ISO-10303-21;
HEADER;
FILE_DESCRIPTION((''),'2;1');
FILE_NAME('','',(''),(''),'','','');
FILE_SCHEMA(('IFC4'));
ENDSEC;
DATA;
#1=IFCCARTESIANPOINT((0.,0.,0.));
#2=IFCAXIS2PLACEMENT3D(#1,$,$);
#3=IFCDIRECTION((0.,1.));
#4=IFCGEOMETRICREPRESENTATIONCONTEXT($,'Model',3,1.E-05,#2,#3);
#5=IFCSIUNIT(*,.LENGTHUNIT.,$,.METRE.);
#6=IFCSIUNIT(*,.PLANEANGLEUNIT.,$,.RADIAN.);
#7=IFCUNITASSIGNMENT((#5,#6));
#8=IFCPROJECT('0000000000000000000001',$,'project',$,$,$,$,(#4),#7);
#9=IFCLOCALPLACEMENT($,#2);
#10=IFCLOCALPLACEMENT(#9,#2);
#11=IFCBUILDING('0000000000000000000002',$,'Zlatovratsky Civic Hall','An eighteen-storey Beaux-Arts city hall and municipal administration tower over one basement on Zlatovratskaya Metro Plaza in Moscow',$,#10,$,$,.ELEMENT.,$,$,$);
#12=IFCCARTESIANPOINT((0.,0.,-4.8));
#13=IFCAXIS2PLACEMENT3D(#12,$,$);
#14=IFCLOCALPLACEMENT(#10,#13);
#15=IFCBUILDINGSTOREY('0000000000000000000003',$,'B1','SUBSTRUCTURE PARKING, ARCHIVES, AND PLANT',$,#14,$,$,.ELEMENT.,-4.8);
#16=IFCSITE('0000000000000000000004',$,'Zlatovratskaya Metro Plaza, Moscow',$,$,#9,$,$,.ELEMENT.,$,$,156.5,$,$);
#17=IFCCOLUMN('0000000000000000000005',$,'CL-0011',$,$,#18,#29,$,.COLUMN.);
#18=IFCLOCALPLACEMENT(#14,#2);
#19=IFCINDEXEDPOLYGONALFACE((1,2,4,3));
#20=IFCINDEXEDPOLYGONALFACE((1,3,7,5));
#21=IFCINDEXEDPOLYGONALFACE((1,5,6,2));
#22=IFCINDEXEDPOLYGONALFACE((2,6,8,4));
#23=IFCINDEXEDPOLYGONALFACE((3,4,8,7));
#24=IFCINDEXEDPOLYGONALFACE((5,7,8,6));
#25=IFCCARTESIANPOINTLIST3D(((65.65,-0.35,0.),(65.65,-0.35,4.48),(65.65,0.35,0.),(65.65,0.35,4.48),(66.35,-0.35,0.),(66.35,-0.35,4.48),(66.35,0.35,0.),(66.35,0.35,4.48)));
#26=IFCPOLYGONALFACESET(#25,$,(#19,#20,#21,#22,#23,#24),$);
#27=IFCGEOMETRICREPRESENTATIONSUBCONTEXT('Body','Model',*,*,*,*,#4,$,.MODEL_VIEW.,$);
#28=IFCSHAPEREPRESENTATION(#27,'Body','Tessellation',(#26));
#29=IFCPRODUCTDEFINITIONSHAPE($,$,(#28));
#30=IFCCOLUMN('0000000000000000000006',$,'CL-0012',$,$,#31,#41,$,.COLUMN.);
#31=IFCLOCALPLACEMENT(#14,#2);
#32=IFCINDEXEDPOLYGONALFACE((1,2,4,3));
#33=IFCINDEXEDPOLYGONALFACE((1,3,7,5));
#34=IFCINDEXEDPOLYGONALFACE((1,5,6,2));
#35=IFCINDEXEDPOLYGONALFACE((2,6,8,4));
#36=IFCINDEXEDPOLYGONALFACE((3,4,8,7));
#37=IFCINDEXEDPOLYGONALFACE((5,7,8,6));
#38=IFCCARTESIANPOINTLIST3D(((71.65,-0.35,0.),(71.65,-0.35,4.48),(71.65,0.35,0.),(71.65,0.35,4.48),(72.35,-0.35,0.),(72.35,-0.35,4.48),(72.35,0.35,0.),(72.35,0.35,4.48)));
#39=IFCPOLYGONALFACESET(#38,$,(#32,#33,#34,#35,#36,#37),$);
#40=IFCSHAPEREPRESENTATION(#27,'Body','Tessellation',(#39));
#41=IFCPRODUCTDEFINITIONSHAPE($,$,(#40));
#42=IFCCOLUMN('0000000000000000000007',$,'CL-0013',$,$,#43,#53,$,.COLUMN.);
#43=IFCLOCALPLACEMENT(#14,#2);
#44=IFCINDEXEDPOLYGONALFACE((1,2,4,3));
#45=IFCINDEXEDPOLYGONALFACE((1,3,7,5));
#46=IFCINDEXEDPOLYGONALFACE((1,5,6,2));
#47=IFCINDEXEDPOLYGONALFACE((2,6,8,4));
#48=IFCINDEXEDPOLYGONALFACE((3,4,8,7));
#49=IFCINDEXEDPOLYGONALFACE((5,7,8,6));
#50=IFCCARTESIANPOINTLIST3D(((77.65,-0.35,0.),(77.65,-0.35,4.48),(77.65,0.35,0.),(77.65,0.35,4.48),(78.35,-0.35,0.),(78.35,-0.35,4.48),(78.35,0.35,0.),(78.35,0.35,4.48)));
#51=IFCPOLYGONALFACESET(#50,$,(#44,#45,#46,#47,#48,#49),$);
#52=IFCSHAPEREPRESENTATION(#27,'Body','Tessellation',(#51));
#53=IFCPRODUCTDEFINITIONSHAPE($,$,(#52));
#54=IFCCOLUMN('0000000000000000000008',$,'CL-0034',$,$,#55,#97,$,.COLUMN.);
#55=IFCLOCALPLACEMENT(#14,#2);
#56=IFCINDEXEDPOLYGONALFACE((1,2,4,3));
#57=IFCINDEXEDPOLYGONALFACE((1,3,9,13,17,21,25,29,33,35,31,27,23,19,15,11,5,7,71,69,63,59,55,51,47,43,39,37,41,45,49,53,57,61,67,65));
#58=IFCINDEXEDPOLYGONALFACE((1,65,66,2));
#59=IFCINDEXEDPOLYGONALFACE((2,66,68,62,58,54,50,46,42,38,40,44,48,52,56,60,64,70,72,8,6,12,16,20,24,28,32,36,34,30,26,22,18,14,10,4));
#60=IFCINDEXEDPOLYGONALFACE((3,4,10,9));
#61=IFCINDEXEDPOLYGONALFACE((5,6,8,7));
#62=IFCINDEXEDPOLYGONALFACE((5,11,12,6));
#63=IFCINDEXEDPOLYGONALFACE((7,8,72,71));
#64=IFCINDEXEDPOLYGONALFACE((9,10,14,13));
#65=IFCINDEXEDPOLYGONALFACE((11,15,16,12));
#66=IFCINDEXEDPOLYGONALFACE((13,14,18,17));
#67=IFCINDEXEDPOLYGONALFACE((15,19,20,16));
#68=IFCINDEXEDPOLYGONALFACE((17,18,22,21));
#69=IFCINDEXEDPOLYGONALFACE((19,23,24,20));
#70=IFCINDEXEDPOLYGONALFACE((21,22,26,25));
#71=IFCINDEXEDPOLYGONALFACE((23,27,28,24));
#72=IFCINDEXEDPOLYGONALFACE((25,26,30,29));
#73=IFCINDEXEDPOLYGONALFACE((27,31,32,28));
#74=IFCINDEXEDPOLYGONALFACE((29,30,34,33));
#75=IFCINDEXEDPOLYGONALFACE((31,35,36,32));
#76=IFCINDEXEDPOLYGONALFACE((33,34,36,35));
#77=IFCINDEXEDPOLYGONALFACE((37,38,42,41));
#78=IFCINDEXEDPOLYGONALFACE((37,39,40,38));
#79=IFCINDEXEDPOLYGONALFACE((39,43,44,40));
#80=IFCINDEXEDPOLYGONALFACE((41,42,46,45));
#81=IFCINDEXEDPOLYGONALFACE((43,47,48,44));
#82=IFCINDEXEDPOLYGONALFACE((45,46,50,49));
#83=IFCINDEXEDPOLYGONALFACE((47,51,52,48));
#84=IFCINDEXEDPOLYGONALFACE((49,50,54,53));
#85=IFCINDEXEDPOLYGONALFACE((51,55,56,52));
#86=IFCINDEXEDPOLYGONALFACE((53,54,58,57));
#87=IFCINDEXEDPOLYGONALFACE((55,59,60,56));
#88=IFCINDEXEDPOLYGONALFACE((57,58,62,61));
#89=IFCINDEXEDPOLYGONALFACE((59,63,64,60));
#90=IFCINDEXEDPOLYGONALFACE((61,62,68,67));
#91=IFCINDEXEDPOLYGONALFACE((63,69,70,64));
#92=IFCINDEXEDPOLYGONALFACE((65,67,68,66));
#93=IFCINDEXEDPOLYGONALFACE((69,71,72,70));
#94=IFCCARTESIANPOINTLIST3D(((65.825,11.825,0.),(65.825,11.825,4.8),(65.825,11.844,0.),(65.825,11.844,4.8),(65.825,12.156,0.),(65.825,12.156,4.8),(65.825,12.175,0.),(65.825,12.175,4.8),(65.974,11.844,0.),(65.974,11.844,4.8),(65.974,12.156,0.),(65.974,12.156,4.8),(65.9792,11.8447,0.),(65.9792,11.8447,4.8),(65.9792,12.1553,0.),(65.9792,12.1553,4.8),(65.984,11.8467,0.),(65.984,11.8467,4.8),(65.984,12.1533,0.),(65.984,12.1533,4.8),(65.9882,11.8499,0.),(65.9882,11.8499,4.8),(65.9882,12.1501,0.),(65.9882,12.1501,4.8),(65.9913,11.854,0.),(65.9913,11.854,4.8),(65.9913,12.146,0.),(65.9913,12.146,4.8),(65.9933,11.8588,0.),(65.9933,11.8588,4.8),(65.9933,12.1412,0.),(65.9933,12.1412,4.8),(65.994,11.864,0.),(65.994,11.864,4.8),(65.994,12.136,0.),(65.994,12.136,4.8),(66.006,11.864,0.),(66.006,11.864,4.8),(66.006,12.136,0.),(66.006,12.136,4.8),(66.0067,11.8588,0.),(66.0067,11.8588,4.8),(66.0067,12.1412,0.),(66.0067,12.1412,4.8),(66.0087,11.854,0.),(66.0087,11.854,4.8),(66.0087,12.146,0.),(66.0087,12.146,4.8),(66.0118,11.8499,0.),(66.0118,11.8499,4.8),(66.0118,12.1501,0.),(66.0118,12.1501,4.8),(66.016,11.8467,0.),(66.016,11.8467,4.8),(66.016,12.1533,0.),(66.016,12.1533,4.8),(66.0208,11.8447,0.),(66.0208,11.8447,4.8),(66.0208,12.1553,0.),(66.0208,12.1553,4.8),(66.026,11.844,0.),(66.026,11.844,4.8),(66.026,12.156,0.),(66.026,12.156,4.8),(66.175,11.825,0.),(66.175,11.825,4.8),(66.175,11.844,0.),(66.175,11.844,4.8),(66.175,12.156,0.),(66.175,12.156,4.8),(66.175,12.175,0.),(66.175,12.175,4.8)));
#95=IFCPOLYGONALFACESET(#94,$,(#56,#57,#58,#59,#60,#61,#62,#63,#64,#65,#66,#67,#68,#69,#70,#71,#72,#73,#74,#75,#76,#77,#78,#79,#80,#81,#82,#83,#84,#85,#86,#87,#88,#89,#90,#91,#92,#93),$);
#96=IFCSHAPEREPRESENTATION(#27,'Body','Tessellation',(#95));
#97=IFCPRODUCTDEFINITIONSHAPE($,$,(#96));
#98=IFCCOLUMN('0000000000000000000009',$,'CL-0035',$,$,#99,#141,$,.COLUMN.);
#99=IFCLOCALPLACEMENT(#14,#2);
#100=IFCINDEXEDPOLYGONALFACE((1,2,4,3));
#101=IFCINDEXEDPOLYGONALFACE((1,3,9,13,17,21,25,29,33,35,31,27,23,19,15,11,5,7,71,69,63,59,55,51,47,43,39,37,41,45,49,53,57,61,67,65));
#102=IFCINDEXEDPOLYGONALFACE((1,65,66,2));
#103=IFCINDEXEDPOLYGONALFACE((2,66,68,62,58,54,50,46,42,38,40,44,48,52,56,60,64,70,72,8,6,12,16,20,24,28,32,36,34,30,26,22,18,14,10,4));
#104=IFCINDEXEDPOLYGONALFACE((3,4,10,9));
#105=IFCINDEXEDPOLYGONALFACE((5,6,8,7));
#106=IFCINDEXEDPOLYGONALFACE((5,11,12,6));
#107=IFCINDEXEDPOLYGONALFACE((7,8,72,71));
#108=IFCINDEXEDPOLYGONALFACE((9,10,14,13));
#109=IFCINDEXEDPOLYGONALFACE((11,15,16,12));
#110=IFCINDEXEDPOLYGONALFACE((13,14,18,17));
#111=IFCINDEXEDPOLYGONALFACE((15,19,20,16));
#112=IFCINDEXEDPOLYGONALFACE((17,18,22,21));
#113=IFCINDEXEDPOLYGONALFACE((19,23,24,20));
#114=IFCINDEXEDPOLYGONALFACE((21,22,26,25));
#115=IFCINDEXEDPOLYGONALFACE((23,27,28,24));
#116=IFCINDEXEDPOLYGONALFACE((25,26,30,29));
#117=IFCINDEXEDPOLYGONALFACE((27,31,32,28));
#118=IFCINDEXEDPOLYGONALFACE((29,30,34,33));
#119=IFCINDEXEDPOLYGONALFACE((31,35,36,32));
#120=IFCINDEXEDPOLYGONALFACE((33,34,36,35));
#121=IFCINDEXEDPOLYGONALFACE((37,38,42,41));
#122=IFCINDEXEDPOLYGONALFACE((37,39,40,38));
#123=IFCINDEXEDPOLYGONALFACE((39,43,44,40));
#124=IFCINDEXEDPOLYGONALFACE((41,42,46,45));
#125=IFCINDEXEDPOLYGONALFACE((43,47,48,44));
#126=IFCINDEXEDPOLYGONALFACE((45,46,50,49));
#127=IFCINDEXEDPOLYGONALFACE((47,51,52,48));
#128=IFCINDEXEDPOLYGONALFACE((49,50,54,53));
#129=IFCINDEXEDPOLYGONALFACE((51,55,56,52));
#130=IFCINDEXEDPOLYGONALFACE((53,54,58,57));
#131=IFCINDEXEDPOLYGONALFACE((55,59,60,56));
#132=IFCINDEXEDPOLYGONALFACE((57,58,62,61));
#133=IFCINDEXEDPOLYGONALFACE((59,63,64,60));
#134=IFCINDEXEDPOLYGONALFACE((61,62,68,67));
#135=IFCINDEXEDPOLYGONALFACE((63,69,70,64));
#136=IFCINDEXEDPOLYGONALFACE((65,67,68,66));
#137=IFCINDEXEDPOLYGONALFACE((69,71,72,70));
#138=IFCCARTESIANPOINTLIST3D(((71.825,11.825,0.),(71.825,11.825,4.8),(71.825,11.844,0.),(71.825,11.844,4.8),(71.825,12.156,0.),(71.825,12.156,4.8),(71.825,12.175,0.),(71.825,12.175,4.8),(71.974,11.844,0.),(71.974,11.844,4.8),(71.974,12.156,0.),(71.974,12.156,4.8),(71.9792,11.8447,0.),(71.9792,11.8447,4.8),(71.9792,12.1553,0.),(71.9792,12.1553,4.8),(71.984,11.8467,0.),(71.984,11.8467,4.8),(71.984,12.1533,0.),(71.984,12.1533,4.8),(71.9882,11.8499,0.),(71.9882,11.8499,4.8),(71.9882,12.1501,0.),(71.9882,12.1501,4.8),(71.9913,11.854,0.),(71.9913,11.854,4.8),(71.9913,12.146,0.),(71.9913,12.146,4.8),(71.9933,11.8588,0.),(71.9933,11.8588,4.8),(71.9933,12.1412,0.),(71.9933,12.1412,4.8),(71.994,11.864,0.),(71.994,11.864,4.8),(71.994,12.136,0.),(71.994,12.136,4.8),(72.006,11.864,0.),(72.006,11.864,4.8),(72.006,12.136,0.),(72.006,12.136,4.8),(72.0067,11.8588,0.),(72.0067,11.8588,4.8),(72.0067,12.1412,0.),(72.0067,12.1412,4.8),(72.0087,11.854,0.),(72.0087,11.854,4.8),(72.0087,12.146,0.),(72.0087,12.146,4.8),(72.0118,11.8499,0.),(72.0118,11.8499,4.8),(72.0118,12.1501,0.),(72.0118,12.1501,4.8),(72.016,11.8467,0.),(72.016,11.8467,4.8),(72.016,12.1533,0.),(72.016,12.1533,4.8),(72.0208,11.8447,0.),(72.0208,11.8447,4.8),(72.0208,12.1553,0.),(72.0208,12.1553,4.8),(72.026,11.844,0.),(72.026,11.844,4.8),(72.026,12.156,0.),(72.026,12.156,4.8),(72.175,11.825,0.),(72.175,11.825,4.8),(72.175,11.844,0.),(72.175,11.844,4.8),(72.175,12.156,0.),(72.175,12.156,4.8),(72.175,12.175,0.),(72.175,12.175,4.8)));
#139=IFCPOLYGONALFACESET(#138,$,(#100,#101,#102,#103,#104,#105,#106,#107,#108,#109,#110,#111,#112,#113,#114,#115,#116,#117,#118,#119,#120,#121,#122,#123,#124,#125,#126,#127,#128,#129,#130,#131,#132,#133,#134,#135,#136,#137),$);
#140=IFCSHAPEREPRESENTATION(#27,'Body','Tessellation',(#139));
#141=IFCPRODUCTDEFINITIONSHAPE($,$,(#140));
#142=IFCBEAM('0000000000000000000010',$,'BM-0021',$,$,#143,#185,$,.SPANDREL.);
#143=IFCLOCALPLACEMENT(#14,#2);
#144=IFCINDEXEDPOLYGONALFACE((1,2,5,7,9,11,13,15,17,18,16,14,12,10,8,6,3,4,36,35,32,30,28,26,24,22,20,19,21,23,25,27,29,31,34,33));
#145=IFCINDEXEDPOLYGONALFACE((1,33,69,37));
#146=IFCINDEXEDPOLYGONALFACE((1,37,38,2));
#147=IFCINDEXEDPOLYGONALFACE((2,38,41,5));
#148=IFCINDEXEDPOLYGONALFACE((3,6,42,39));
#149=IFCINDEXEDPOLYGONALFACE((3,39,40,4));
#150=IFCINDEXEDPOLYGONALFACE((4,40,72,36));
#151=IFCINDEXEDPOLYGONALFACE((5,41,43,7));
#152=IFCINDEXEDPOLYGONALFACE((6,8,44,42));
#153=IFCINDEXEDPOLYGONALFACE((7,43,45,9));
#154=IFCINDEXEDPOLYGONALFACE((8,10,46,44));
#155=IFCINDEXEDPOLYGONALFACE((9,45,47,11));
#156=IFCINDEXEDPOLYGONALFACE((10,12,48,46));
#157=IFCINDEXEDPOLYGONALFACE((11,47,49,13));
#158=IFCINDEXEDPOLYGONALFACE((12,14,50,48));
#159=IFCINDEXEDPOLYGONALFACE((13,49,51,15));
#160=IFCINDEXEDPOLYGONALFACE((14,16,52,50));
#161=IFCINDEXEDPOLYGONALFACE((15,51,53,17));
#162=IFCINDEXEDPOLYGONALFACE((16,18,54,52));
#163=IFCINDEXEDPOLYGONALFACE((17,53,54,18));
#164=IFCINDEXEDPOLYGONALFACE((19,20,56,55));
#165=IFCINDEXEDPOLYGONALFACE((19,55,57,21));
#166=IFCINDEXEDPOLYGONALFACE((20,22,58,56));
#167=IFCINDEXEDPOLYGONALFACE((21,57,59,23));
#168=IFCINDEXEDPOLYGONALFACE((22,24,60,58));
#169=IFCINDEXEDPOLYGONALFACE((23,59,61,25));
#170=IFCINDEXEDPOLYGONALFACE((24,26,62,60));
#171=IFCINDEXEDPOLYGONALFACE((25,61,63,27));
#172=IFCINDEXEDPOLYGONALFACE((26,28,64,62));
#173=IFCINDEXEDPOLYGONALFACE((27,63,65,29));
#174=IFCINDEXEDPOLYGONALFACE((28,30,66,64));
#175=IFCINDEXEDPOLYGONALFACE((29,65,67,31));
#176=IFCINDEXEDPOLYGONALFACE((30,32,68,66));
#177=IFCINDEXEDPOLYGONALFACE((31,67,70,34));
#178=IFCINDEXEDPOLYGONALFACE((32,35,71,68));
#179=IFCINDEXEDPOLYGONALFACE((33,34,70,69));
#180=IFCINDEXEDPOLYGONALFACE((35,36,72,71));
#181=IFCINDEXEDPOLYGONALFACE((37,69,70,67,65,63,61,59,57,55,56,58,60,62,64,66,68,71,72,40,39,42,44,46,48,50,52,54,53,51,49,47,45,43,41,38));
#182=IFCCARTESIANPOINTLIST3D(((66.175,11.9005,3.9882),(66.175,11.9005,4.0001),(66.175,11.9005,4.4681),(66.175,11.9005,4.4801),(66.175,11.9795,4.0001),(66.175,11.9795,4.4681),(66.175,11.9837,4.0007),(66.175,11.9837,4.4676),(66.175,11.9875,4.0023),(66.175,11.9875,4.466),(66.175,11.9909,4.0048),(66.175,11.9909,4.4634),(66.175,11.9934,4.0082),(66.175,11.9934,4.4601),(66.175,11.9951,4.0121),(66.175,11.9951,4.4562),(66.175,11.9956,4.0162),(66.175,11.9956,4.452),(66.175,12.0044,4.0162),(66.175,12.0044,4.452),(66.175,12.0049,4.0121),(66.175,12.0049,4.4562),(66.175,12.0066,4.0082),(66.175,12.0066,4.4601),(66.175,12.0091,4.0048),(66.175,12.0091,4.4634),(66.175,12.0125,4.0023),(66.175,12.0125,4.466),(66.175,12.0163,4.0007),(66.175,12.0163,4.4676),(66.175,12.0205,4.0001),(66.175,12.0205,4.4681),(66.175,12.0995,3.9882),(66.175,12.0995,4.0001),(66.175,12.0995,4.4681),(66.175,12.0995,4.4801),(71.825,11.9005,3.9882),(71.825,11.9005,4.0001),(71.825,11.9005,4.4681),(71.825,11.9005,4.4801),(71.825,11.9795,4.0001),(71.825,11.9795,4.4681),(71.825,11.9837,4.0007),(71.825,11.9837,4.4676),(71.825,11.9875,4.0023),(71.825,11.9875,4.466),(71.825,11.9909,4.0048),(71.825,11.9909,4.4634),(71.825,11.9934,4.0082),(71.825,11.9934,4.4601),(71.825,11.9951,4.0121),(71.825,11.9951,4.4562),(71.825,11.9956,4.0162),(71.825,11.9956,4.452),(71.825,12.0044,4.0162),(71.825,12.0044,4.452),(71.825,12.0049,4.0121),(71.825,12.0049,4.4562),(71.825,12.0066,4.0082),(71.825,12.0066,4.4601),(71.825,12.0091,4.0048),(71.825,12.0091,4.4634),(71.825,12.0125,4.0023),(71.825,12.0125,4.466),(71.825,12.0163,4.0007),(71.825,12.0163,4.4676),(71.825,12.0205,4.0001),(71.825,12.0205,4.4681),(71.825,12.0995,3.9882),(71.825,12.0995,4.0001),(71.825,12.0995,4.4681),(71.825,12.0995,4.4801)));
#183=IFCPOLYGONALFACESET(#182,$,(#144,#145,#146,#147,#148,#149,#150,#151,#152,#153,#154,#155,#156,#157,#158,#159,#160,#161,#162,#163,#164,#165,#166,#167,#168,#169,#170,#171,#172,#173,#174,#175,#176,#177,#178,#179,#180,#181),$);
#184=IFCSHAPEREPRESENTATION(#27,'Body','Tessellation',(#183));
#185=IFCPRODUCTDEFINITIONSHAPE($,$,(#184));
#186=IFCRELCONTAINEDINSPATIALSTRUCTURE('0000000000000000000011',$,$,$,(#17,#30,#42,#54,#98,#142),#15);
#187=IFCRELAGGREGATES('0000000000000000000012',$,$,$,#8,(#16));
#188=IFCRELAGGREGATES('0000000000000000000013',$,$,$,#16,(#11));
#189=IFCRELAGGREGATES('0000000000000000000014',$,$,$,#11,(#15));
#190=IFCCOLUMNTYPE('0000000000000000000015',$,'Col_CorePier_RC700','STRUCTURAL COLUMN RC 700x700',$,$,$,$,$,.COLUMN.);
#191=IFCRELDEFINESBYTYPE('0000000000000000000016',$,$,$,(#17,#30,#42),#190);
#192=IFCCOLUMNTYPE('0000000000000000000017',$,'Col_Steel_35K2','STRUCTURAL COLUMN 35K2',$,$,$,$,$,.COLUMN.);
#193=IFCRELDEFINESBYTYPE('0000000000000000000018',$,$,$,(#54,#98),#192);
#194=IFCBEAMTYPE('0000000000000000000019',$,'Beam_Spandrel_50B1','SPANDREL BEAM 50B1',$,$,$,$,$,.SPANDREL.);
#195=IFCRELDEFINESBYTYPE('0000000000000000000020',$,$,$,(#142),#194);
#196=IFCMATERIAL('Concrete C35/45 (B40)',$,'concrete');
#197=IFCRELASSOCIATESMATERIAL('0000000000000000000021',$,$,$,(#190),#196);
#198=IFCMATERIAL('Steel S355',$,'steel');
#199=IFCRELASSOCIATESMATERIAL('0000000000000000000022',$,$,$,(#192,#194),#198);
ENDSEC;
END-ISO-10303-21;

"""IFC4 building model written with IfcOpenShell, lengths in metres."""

from ifc_helpers import new_model, si_unit, direction, frame, origin, origin_2d, place, context, subcontext, project, spatial, rectangle, i_section, extrude, material, material_profile, profile_set, type_object, element, save


model = new_model("IFC4")

# Units and contexts
model_context = context("Model", 3, precision=1e-05, world=origin(), true_north=direction((0.0, 1.0)))
body_context = subcontext(model_context, "Body", "Model", "MODEL_VIEW")
ifc_project = project(units=[si_unit("LENGTHUNIT", "METRE"), si_unit("PLANEANGLEUNIT", "RADIAN")], contexts=[model_context])

# Site, building, storey
site_placement = place(None, origin())
site = spatial("IfcSite", under=ifc_project, at=site_placement, Name="Zlatovratskaya Metro Plaza, Moscow", CompositionType="ELEMENT", RefElevation=156.5)
building_placement = place(site_placement, origin())
building = spatial("IfcBuilding", under=site, at=building_placement, Name="Zlatovratsky Civic Hall", Description="An eighteen-storey Beaux-Arts city hall and municipal administration tower over one basement on Zlatovratskaya Metro Plaza in Moscow", CompositionType="ELEMENT")
storey_placement = place(building_placement, frame((0.0, 0.0, -4.8)))
storey = spatial("IfcBuildingStorey", under=building, at=storey_placement, Name="B1", Description="SUBSTRUCTURE PARKING, ARCHIVES, AND PLANT", CompositionType="ELEMENT", Elevation=-4.8)

# Columns
ifc_material_1 = material(Name="Concrete C35/45 (B40)", Category="concrete")
ifc_material_profile_1 = material_profile(ifc_material_1, rectangle(XDim=0.7, YDim=0.7, at=origin_2d()), Name="RC 700x700")
ifc_profile_set_1 = profile_set([ifc_material_profile_1], Name="Concrete C35/45 (B40)")
column_type_1 = type_object("IfcColumnType", Name="Col_CorePier_RC700", Description="STRUCTURAL COLUMN RC 700x700", PredefinedType="COLUMN", material=ifc_profile_set_1)
for number, where, z_axis, x_axis, name in (
    (1, (66.0, 0.0, 0.0), (0.0, 0.0, 1.0), (1.0, 0.0, 0.0), "CL-0011"),
    (2, (72.0, 0.0, 0.0), (0.0, 0.0, 1.0), (1.0, 0.0, 0.0), "CL-0012"),
    (3, (78.0, 0.0, 0.0), (0.0, 0.0, 1.0), (1.0, 0.0, 0.0), "CL-0013"),
):
    element("IfcColumn", number, at=place(storey_placement, frame(where, z_axis=z_axis, x_axis=x_axis)), inside=storey, type_object=column_type_1, Name=name, PredefinedType="COLUMN", context=body_context, shape_type="SweptSolid", body=[
        extrude(rectangle(XDim=0.7, YDim=0.7, at=origin_2d()), origin(), (0.0, 0.0, 1.0), 4.48),
    ])
ifc_material_2 = material(Name="Steel S355", Category="steel")
ifc_material_profile_2 = material_profile(ifc_material_2, i_section(OverallWidth=0.3501, OverallDepth=0.3501, WebThickness=0.012, FlangeThickness=0.019, FilletRadius=0.02, at=origin_2d()), Name="35K2")
ifc_profile_set_2 = profile_set([ifc_material_profile_2], Name="Steel S355")
column_type_2 = type_object("IfcColumnType", Name="Col_Steel_35K2", Description="STRUCTURAL COLUMN 35K2", PredefinedType="COLUMN", material=ifc_profile_set_2)
for number, where, z_axis, x_axis, name in (
    (4, (66.0, 12.0, 0.0), (0.0, 0.0, 1.0), (1.0, 0.0, 0.0), "CL-0034"),
    (5, (72.0, 12.0, 0.0), (0.0, 0.0, 1.0), (1.0, 0.0, 0.0), "CL-0035"),
):
    element("IfcColumn", number, at=place(storey_placement, frame(where, z_axis=z_axis, x_axis=x_axis)), inside=storey, type_object=column_type_2, Name=name, PredefinedType="COLUMN", context=body_context, shape_type="SweptSolid", body=[
        extrude(i_section(OverallWidth=0.3501, OverallDepth=0.3501, WebThickness=0.012, FlangeThickness=0.019, FilletRadius=0.02, at=origin_2d()), origin(), (0.0, 0.0, 1.0), 4.8),
    ])

# Beam
ifc_material_profile_3 = material_profile(ifc_material_2, i_section(OverallWidth=0.199, OverallDepth=0.4919, WebThickness=0.0088, FlangeThickness=0.012, FilletRadius=0.0161, at=origin_2d()), Name="50B1")
ifc_profile_set_3 = profile_set([ifc_material_profile_3], Name="Steel S355")
beam_type = type_object("IfcBeamType", Name="Beam_Spandrel_50B1", Description="SPANDREL BEAM 50B1", PredefinedType="SPANDREL", material=ifc_profile_set_3)
for number, where, z_axis, x_axis, name in (
    (6, (66.175, 12.0, 4.2341), (1.0, 0.0, 0.0), (0.0, 1.0, 0.0), "BM-0021"),
):
    element("IfcBeam", number, at=place(storey_placement, frame(where, z_axis=z_axis, x_axis=x_axis)), inside=storey, type_object=beam_type, Name=name, PredefinedType="SPANDREL", context=body_context, shape_type="SweptSolid", body=[
        extrude(i_section(OverallWidth=0.199, OverallDepth=0.4919, WebThickness=0.0088, FlangeThickness=0.012, FilletRadius=0.0161, at=origin_2d()), origin(), (0.0, 0.0, 1.0), 5.6499),
    ])

save(model, "model.ifc")
